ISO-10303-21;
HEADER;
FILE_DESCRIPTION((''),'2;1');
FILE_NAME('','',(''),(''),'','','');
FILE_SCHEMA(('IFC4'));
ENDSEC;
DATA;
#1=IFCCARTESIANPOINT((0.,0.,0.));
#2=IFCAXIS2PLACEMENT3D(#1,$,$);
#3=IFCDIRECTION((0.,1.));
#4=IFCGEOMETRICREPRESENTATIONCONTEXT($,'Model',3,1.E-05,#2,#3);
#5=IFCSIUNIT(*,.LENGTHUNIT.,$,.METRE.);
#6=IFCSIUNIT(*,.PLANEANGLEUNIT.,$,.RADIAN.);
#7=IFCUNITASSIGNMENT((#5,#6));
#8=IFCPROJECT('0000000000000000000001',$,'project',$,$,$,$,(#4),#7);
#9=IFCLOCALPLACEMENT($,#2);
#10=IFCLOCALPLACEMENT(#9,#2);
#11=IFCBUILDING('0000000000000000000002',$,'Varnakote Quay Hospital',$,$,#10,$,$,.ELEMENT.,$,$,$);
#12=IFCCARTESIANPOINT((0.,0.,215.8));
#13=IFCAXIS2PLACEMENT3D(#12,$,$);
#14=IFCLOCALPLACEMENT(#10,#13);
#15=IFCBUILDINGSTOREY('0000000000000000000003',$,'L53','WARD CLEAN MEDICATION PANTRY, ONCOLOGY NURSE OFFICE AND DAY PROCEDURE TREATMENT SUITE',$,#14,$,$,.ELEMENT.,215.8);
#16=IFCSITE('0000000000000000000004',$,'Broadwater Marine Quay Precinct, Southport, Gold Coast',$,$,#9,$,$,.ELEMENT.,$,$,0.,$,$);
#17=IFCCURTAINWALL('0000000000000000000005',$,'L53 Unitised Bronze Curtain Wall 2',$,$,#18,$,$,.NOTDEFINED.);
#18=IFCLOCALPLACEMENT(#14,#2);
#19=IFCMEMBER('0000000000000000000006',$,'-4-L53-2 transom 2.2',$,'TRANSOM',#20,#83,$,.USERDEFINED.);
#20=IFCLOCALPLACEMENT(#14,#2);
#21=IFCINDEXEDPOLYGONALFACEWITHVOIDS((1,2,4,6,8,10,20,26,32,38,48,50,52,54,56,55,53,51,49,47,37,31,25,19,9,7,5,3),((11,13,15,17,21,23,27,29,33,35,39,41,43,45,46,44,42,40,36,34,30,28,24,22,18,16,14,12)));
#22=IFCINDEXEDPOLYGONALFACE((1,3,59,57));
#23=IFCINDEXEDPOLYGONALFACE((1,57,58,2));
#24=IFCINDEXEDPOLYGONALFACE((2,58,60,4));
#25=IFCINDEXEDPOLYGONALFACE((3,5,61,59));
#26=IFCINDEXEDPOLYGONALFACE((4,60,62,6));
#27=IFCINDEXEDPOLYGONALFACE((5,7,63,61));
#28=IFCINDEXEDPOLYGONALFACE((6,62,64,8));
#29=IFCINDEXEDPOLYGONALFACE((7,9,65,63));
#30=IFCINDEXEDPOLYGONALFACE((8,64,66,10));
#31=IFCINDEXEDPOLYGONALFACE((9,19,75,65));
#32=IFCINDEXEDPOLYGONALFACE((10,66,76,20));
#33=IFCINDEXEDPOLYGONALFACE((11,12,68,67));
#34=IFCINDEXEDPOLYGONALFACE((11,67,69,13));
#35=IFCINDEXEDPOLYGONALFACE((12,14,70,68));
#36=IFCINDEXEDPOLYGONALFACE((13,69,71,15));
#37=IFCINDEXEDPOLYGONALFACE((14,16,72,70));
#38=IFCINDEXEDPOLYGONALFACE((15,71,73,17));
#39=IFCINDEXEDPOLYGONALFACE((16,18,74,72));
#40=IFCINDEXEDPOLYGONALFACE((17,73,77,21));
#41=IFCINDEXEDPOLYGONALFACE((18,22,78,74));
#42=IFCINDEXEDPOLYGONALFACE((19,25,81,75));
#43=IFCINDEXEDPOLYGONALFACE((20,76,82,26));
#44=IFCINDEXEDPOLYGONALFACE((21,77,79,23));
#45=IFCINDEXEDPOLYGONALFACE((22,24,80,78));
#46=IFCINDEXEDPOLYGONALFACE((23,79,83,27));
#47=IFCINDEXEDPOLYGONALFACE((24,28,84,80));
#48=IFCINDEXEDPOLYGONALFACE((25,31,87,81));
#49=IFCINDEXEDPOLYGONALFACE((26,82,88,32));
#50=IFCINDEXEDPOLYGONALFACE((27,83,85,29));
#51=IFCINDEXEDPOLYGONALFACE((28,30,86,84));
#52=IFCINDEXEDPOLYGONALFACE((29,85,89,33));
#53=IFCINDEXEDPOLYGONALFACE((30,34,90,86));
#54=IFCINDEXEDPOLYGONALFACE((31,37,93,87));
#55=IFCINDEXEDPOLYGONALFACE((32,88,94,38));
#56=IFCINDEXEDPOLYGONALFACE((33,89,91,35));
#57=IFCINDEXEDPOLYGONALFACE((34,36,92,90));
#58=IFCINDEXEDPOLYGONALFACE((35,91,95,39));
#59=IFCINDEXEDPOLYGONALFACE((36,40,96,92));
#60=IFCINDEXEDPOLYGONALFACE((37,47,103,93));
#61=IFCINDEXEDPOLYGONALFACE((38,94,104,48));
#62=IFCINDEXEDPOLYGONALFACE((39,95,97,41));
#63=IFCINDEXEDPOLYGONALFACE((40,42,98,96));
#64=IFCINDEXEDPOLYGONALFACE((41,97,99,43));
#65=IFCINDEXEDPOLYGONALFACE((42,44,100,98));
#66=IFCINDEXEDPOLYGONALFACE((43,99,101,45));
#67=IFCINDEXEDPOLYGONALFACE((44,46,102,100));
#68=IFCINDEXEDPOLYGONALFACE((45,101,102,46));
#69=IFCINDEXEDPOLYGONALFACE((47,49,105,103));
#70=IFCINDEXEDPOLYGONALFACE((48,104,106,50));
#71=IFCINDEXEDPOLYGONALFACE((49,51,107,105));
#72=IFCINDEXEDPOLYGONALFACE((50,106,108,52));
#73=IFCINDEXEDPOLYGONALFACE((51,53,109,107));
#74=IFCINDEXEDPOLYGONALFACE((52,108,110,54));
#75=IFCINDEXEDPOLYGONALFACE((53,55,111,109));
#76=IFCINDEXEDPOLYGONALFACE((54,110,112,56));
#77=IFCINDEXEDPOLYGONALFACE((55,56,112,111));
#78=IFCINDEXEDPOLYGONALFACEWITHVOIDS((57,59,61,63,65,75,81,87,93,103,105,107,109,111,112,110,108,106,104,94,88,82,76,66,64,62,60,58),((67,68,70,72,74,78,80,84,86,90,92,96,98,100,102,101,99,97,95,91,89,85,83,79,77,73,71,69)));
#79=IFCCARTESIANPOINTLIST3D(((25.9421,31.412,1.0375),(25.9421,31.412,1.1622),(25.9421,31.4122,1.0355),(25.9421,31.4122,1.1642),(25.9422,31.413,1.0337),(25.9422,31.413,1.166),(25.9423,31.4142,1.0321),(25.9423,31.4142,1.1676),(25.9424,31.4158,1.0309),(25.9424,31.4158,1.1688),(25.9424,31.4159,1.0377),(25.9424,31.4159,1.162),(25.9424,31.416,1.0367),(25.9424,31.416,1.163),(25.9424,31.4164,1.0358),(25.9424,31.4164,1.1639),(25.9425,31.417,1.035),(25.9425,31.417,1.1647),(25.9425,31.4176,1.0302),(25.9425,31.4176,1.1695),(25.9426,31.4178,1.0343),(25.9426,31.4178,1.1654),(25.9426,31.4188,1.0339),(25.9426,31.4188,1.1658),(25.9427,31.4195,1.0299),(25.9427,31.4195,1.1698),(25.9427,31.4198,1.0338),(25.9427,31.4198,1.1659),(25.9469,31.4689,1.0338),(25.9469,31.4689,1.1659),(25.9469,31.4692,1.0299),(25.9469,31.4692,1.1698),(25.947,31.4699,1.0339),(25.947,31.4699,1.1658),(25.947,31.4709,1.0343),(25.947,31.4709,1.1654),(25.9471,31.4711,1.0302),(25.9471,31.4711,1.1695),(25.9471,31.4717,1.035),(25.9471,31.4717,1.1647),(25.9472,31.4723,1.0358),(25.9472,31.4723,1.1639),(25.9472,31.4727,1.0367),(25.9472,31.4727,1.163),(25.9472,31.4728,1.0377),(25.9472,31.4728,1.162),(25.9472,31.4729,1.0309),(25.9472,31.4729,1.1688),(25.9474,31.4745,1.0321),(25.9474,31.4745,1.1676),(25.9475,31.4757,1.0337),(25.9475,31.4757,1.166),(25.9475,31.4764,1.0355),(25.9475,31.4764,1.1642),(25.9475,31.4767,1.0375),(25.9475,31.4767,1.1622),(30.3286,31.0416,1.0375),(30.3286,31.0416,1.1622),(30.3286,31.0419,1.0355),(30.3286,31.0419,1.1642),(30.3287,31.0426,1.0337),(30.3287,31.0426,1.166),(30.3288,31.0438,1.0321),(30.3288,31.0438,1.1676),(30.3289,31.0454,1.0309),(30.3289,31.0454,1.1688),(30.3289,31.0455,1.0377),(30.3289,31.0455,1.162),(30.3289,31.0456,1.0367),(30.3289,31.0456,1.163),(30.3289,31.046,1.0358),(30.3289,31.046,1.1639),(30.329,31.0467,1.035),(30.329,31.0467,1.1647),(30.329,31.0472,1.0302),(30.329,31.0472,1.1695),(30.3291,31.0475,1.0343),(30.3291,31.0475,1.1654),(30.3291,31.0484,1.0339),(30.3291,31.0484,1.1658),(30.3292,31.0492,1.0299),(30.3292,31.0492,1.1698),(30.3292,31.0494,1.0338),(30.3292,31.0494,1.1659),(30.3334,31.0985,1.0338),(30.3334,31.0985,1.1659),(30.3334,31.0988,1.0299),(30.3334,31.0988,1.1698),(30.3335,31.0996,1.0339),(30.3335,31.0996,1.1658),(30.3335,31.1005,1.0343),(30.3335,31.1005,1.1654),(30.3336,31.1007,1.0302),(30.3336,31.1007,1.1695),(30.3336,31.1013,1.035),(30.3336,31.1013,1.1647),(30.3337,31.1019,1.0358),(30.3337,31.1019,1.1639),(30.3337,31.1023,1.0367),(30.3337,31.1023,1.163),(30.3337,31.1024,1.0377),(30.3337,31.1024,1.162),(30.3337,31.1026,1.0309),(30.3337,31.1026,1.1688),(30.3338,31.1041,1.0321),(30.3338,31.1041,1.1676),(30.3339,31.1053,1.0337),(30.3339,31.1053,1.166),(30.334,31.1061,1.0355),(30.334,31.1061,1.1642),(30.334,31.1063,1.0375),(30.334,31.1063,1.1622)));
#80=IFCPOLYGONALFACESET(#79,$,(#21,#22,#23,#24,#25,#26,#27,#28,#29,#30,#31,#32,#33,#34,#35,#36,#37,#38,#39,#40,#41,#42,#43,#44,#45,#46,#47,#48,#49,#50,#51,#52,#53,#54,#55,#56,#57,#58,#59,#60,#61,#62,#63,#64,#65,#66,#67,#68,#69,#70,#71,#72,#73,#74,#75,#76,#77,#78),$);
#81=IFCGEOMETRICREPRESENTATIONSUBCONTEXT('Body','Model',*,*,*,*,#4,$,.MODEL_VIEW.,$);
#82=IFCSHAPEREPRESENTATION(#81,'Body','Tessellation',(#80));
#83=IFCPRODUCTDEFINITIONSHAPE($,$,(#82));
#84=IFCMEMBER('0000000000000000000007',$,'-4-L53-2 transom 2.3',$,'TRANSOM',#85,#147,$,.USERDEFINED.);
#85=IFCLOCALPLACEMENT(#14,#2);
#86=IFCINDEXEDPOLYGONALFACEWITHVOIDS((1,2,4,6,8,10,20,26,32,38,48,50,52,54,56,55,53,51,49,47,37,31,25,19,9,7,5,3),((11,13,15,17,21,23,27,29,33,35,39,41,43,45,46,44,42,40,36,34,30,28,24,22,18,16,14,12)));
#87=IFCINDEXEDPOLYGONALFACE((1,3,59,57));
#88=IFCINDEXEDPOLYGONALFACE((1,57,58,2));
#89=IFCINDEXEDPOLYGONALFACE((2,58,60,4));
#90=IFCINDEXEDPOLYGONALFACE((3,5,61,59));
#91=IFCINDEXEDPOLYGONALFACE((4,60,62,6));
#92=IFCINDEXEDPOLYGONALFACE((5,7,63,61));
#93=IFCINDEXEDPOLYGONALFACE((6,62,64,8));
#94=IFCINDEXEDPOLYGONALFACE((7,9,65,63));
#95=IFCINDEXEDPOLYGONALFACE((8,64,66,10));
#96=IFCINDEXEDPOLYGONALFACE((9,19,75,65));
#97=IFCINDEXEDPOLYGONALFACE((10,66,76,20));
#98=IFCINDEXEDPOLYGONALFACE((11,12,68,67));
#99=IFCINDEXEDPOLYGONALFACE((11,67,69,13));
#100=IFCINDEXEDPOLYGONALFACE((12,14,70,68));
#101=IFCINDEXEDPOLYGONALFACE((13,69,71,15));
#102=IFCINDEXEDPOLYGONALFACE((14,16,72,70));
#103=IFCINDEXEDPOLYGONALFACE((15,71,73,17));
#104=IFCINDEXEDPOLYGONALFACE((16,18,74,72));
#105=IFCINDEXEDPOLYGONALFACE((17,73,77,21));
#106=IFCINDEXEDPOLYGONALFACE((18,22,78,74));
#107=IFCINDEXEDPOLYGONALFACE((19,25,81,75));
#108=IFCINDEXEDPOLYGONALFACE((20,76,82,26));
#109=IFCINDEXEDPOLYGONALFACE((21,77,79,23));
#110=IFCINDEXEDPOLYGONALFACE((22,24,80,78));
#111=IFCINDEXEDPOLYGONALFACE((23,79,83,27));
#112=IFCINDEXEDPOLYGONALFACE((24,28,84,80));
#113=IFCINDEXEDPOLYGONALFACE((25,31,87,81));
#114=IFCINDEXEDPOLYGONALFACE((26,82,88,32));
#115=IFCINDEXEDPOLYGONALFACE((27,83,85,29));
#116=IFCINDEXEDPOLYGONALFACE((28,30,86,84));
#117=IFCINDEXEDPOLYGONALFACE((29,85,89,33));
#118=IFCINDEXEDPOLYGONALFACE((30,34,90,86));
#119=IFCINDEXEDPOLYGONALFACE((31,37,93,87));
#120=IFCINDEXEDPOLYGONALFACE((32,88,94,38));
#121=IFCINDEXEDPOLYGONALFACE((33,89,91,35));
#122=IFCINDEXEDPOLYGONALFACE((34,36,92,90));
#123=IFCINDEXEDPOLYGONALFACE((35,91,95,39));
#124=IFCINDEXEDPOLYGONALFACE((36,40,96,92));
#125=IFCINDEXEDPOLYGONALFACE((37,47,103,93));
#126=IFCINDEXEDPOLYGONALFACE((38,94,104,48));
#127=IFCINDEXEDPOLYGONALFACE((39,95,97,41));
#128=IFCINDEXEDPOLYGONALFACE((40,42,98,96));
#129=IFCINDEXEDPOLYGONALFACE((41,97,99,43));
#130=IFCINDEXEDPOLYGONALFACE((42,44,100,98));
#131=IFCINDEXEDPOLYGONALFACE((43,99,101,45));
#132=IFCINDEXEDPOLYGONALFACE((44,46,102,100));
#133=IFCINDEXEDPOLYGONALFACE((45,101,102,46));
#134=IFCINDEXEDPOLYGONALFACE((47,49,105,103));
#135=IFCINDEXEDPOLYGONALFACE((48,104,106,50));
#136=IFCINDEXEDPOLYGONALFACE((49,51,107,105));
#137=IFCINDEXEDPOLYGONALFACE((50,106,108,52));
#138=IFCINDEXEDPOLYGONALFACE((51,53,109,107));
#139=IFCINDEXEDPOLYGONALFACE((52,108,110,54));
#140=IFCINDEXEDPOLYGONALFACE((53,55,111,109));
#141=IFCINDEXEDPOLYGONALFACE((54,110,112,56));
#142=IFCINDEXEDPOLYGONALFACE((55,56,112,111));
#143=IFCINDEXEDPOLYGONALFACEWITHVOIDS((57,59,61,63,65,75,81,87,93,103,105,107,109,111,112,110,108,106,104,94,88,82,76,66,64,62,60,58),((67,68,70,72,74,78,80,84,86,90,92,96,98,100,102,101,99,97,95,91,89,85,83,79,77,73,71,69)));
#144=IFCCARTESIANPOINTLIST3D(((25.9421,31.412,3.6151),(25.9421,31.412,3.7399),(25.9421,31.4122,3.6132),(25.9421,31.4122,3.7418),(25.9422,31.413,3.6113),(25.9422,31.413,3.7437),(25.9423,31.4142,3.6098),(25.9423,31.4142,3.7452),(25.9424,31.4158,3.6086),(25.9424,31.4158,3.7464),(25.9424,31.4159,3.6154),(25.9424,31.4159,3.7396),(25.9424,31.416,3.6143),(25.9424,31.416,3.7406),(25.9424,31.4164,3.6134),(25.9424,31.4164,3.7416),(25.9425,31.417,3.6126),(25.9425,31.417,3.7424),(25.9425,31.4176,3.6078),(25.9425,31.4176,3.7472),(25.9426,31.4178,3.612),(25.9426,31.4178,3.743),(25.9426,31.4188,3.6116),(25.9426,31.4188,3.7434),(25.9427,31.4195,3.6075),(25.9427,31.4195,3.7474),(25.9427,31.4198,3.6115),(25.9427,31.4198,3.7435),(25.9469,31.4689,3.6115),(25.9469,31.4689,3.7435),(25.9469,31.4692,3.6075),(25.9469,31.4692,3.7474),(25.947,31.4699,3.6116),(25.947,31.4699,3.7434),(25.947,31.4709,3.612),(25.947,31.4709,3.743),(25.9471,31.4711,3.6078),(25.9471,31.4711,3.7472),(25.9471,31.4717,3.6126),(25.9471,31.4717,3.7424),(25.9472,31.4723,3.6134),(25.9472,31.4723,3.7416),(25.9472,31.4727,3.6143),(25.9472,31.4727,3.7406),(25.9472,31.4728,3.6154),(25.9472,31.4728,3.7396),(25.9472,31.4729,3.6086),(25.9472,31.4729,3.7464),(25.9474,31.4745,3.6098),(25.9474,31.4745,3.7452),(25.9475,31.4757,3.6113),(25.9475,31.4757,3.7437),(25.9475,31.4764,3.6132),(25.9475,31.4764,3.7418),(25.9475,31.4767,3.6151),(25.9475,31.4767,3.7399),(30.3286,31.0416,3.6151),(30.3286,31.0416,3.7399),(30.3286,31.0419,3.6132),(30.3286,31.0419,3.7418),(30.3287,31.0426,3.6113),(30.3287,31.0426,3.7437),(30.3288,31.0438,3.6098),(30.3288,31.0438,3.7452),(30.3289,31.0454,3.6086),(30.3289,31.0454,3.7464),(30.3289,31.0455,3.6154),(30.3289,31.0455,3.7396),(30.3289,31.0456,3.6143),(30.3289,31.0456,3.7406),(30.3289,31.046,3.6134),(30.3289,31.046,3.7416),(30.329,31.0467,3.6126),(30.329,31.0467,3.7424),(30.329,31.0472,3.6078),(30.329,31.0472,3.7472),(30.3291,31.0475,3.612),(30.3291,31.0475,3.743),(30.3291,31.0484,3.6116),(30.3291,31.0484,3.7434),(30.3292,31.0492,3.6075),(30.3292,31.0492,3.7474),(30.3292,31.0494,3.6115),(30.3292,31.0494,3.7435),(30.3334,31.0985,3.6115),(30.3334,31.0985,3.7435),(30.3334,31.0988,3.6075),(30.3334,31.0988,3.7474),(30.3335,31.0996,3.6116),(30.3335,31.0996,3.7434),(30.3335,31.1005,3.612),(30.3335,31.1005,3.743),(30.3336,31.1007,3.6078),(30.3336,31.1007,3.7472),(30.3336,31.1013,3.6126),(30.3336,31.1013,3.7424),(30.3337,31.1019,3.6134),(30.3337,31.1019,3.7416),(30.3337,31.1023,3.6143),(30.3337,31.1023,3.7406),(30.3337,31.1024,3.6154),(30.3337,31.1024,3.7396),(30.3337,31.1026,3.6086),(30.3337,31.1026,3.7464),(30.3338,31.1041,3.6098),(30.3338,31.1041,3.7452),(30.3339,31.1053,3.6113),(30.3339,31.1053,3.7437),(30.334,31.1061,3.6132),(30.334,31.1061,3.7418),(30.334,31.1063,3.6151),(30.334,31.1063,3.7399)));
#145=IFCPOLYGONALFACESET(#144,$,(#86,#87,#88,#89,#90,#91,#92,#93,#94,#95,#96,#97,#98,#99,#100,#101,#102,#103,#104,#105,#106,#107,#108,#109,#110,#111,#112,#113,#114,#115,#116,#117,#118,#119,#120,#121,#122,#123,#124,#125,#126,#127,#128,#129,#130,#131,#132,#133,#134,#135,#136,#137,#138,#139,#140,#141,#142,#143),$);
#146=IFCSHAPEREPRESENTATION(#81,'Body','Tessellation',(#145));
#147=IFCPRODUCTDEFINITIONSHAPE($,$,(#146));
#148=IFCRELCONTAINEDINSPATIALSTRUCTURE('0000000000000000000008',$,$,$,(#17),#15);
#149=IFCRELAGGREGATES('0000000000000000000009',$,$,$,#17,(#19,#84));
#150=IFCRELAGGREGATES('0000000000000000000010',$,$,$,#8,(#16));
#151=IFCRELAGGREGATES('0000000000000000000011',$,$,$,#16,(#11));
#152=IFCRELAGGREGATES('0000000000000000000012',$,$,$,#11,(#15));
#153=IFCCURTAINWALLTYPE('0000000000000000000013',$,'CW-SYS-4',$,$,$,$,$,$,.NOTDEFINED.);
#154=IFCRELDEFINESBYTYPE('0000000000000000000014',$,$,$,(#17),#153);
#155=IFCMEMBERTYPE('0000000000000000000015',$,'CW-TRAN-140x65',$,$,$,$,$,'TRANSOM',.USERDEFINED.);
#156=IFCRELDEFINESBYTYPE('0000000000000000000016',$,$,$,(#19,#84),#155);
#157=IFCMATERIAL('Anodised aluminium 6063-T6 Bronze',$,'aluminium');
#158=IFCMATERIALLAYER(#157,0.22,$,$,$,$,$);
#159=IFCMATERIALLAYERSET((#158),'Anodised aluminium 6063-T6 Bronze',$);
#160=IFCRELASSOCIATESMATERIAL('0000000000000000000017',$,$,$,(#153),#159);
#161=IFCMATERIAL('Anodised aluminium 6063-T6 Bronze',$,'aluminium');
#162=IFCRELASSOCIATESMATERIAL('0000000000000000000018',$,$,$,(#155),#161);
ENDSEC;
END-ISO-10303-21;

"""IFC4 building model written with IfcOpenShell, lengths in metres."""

from ifc_helpers import new_model, si_unit, direction, frame, origin, origin_2d, place, context, subcontext, project, spatial, hollow_rectangle, extrude, material, layer, layer_set, material_profile, profile_set, type_object, element, aggregate, save


model = new_model("IFC4")

# Units and contexts
model_context = context("Model", 3, precision=1e-05, world=origin(), true_north=direction((0.0, 1.0)))
body_context = subcontext(model_context, "Body", "Model", "MODEL_VIEW")
ifc_project = project(units=[si_unit("LENGTHUNIT", "METRE"), si_unit("PLANEANGLEUNIT", "RADIAN")], contexts=[model_context])

# Site, building, storey
site_placement = place(None, origin())
site = spatial("IfcSite", under=ifc_project, at=site_placement, Name="Broadwater Marine Quay Precinct, Southport, Gold Coast", CompositionType="ELEMENT", RefElevation=0.0)
building_placement = place(site_placement, origin())
building = spatial("IfcBuilding", under=site, at=building_placement, Name="Varnakote Quay Hospital", CompositionType="ELEMENT")
storey_placement = place(building_placement, frame((0.0, 0.0, 215.8)))
storey = spatial("IfcBuildingStorey", under=building, at=storey_placement, Name="L53", Description="WARD CLEAN MEDICATION PANTRY, ONCOLOGY NURSE OFFICE AND DAY PROCEDURE TREATMENT SUITE", CompositionType="ELEMENT", Elevation=215.8)

# Curtain wall, members
ifc_material_1 = material(Name="Anodised aluminium 6063-T6 Bronze", Category="aluminium")
ifc_layer_1 = layer(ifc_material_1, 0.22)
ifc_layer_set_1 = layer_set([ifc_layer_1], Name="Anodised aluminium 6063-T6 Bronze")
curtain_wall_type = type_object("IfcCurtainWallType", Name="CW-SYS-4", PredefinedType="NOTDEFINED", material=ifc_layer_set_1)
curtain_wall_placement = place(storey_placement, origin())
curtain_wall = element("IfcCurtainWall", 1, at=curtain_wall_placement, inside=storey, type_object=curtain_wall_type, Name="L53 Unitised Bronze Curtain Wall 2", PredefinedType="NOTDEFINED")
ifc_material_2 = material(Name="Anodised aluminium 6063-T6 Bronze", Category="aluminium")
ifc_material_profile_1 = material_profile(ifc_material_2, hollow_rectangle(XDim=0.0649, YDim=0.1399, WallThickness=0.0039, InnerFilletRadius=0.0039, OuterFilletRadius=0.0076, at=origin_2d()), Name="CW-TRAN-140x65")
ifc_profile_set_1 = profile_set([ifc_material_profile_1], Name="Anodised aluminium 6063-T6 Bronze")
member_type_1 = type_object("IfcMemberType", Name="CW-TRAN-140x65", ElementType="TRANSOM", PredefinedType="USERDEFINED", material=ifc_profile_set_1)
member_1_placement = place(storey_placement, frame((30.3313, 31.074, 1.0999), z_axis=(-0.996455, 0.084133, 0.0), x_axis=(-0.084133, -0.996455, 0.0)))
member_1 = element("IfcMember", 2, at=member_1_placement, type_object=member_type_1, Name="-4-L53-2 transom 2.2", ObjectType="TRANSOM", PredefinedType="USERDEFINED", context=body_context, shape_type="SweptSolid", body=[
    extrude(hollow_rectangle(XDim=0.0649, YDim=0.1399, WallThickness=0.0039, InnerFilletRadius=0.0039, OuterFilletRadius=0.0076, at=origin_2d()), origin(), (0.0, 0.0, 1.0), 4.4021),
])
member_2_placement = place(storey_placement, frame((30.3313, 31.074, 3.6775), z_axis=(-0.996455, 0.084133, 0.0), x_axis=(-0.084133, -0.996455, 0.0)))
member_2 = element("IfcMember", 3, at=member_2_placement, type_object=member_type_1, Name="-4-L53-2 transom 2.3", ObjectType="TRANSOM", PredefinedType="USERDEFINED", context=body_context, shape_type="SweptSolid", body=[
    extrude(hollow_rectangle(XDim=0.0649, YDim=0.1399, WallThickness=0.0039, InnerFilletRadius=0.0039, OuterFilletRadius=0.0076, at=origin_2d()), origin(), (0.0, 0.0, 1.0), 4.4021),
])

aggregate(curtain_wall, [member_1, member_2])

save(model, "model.ifc")
